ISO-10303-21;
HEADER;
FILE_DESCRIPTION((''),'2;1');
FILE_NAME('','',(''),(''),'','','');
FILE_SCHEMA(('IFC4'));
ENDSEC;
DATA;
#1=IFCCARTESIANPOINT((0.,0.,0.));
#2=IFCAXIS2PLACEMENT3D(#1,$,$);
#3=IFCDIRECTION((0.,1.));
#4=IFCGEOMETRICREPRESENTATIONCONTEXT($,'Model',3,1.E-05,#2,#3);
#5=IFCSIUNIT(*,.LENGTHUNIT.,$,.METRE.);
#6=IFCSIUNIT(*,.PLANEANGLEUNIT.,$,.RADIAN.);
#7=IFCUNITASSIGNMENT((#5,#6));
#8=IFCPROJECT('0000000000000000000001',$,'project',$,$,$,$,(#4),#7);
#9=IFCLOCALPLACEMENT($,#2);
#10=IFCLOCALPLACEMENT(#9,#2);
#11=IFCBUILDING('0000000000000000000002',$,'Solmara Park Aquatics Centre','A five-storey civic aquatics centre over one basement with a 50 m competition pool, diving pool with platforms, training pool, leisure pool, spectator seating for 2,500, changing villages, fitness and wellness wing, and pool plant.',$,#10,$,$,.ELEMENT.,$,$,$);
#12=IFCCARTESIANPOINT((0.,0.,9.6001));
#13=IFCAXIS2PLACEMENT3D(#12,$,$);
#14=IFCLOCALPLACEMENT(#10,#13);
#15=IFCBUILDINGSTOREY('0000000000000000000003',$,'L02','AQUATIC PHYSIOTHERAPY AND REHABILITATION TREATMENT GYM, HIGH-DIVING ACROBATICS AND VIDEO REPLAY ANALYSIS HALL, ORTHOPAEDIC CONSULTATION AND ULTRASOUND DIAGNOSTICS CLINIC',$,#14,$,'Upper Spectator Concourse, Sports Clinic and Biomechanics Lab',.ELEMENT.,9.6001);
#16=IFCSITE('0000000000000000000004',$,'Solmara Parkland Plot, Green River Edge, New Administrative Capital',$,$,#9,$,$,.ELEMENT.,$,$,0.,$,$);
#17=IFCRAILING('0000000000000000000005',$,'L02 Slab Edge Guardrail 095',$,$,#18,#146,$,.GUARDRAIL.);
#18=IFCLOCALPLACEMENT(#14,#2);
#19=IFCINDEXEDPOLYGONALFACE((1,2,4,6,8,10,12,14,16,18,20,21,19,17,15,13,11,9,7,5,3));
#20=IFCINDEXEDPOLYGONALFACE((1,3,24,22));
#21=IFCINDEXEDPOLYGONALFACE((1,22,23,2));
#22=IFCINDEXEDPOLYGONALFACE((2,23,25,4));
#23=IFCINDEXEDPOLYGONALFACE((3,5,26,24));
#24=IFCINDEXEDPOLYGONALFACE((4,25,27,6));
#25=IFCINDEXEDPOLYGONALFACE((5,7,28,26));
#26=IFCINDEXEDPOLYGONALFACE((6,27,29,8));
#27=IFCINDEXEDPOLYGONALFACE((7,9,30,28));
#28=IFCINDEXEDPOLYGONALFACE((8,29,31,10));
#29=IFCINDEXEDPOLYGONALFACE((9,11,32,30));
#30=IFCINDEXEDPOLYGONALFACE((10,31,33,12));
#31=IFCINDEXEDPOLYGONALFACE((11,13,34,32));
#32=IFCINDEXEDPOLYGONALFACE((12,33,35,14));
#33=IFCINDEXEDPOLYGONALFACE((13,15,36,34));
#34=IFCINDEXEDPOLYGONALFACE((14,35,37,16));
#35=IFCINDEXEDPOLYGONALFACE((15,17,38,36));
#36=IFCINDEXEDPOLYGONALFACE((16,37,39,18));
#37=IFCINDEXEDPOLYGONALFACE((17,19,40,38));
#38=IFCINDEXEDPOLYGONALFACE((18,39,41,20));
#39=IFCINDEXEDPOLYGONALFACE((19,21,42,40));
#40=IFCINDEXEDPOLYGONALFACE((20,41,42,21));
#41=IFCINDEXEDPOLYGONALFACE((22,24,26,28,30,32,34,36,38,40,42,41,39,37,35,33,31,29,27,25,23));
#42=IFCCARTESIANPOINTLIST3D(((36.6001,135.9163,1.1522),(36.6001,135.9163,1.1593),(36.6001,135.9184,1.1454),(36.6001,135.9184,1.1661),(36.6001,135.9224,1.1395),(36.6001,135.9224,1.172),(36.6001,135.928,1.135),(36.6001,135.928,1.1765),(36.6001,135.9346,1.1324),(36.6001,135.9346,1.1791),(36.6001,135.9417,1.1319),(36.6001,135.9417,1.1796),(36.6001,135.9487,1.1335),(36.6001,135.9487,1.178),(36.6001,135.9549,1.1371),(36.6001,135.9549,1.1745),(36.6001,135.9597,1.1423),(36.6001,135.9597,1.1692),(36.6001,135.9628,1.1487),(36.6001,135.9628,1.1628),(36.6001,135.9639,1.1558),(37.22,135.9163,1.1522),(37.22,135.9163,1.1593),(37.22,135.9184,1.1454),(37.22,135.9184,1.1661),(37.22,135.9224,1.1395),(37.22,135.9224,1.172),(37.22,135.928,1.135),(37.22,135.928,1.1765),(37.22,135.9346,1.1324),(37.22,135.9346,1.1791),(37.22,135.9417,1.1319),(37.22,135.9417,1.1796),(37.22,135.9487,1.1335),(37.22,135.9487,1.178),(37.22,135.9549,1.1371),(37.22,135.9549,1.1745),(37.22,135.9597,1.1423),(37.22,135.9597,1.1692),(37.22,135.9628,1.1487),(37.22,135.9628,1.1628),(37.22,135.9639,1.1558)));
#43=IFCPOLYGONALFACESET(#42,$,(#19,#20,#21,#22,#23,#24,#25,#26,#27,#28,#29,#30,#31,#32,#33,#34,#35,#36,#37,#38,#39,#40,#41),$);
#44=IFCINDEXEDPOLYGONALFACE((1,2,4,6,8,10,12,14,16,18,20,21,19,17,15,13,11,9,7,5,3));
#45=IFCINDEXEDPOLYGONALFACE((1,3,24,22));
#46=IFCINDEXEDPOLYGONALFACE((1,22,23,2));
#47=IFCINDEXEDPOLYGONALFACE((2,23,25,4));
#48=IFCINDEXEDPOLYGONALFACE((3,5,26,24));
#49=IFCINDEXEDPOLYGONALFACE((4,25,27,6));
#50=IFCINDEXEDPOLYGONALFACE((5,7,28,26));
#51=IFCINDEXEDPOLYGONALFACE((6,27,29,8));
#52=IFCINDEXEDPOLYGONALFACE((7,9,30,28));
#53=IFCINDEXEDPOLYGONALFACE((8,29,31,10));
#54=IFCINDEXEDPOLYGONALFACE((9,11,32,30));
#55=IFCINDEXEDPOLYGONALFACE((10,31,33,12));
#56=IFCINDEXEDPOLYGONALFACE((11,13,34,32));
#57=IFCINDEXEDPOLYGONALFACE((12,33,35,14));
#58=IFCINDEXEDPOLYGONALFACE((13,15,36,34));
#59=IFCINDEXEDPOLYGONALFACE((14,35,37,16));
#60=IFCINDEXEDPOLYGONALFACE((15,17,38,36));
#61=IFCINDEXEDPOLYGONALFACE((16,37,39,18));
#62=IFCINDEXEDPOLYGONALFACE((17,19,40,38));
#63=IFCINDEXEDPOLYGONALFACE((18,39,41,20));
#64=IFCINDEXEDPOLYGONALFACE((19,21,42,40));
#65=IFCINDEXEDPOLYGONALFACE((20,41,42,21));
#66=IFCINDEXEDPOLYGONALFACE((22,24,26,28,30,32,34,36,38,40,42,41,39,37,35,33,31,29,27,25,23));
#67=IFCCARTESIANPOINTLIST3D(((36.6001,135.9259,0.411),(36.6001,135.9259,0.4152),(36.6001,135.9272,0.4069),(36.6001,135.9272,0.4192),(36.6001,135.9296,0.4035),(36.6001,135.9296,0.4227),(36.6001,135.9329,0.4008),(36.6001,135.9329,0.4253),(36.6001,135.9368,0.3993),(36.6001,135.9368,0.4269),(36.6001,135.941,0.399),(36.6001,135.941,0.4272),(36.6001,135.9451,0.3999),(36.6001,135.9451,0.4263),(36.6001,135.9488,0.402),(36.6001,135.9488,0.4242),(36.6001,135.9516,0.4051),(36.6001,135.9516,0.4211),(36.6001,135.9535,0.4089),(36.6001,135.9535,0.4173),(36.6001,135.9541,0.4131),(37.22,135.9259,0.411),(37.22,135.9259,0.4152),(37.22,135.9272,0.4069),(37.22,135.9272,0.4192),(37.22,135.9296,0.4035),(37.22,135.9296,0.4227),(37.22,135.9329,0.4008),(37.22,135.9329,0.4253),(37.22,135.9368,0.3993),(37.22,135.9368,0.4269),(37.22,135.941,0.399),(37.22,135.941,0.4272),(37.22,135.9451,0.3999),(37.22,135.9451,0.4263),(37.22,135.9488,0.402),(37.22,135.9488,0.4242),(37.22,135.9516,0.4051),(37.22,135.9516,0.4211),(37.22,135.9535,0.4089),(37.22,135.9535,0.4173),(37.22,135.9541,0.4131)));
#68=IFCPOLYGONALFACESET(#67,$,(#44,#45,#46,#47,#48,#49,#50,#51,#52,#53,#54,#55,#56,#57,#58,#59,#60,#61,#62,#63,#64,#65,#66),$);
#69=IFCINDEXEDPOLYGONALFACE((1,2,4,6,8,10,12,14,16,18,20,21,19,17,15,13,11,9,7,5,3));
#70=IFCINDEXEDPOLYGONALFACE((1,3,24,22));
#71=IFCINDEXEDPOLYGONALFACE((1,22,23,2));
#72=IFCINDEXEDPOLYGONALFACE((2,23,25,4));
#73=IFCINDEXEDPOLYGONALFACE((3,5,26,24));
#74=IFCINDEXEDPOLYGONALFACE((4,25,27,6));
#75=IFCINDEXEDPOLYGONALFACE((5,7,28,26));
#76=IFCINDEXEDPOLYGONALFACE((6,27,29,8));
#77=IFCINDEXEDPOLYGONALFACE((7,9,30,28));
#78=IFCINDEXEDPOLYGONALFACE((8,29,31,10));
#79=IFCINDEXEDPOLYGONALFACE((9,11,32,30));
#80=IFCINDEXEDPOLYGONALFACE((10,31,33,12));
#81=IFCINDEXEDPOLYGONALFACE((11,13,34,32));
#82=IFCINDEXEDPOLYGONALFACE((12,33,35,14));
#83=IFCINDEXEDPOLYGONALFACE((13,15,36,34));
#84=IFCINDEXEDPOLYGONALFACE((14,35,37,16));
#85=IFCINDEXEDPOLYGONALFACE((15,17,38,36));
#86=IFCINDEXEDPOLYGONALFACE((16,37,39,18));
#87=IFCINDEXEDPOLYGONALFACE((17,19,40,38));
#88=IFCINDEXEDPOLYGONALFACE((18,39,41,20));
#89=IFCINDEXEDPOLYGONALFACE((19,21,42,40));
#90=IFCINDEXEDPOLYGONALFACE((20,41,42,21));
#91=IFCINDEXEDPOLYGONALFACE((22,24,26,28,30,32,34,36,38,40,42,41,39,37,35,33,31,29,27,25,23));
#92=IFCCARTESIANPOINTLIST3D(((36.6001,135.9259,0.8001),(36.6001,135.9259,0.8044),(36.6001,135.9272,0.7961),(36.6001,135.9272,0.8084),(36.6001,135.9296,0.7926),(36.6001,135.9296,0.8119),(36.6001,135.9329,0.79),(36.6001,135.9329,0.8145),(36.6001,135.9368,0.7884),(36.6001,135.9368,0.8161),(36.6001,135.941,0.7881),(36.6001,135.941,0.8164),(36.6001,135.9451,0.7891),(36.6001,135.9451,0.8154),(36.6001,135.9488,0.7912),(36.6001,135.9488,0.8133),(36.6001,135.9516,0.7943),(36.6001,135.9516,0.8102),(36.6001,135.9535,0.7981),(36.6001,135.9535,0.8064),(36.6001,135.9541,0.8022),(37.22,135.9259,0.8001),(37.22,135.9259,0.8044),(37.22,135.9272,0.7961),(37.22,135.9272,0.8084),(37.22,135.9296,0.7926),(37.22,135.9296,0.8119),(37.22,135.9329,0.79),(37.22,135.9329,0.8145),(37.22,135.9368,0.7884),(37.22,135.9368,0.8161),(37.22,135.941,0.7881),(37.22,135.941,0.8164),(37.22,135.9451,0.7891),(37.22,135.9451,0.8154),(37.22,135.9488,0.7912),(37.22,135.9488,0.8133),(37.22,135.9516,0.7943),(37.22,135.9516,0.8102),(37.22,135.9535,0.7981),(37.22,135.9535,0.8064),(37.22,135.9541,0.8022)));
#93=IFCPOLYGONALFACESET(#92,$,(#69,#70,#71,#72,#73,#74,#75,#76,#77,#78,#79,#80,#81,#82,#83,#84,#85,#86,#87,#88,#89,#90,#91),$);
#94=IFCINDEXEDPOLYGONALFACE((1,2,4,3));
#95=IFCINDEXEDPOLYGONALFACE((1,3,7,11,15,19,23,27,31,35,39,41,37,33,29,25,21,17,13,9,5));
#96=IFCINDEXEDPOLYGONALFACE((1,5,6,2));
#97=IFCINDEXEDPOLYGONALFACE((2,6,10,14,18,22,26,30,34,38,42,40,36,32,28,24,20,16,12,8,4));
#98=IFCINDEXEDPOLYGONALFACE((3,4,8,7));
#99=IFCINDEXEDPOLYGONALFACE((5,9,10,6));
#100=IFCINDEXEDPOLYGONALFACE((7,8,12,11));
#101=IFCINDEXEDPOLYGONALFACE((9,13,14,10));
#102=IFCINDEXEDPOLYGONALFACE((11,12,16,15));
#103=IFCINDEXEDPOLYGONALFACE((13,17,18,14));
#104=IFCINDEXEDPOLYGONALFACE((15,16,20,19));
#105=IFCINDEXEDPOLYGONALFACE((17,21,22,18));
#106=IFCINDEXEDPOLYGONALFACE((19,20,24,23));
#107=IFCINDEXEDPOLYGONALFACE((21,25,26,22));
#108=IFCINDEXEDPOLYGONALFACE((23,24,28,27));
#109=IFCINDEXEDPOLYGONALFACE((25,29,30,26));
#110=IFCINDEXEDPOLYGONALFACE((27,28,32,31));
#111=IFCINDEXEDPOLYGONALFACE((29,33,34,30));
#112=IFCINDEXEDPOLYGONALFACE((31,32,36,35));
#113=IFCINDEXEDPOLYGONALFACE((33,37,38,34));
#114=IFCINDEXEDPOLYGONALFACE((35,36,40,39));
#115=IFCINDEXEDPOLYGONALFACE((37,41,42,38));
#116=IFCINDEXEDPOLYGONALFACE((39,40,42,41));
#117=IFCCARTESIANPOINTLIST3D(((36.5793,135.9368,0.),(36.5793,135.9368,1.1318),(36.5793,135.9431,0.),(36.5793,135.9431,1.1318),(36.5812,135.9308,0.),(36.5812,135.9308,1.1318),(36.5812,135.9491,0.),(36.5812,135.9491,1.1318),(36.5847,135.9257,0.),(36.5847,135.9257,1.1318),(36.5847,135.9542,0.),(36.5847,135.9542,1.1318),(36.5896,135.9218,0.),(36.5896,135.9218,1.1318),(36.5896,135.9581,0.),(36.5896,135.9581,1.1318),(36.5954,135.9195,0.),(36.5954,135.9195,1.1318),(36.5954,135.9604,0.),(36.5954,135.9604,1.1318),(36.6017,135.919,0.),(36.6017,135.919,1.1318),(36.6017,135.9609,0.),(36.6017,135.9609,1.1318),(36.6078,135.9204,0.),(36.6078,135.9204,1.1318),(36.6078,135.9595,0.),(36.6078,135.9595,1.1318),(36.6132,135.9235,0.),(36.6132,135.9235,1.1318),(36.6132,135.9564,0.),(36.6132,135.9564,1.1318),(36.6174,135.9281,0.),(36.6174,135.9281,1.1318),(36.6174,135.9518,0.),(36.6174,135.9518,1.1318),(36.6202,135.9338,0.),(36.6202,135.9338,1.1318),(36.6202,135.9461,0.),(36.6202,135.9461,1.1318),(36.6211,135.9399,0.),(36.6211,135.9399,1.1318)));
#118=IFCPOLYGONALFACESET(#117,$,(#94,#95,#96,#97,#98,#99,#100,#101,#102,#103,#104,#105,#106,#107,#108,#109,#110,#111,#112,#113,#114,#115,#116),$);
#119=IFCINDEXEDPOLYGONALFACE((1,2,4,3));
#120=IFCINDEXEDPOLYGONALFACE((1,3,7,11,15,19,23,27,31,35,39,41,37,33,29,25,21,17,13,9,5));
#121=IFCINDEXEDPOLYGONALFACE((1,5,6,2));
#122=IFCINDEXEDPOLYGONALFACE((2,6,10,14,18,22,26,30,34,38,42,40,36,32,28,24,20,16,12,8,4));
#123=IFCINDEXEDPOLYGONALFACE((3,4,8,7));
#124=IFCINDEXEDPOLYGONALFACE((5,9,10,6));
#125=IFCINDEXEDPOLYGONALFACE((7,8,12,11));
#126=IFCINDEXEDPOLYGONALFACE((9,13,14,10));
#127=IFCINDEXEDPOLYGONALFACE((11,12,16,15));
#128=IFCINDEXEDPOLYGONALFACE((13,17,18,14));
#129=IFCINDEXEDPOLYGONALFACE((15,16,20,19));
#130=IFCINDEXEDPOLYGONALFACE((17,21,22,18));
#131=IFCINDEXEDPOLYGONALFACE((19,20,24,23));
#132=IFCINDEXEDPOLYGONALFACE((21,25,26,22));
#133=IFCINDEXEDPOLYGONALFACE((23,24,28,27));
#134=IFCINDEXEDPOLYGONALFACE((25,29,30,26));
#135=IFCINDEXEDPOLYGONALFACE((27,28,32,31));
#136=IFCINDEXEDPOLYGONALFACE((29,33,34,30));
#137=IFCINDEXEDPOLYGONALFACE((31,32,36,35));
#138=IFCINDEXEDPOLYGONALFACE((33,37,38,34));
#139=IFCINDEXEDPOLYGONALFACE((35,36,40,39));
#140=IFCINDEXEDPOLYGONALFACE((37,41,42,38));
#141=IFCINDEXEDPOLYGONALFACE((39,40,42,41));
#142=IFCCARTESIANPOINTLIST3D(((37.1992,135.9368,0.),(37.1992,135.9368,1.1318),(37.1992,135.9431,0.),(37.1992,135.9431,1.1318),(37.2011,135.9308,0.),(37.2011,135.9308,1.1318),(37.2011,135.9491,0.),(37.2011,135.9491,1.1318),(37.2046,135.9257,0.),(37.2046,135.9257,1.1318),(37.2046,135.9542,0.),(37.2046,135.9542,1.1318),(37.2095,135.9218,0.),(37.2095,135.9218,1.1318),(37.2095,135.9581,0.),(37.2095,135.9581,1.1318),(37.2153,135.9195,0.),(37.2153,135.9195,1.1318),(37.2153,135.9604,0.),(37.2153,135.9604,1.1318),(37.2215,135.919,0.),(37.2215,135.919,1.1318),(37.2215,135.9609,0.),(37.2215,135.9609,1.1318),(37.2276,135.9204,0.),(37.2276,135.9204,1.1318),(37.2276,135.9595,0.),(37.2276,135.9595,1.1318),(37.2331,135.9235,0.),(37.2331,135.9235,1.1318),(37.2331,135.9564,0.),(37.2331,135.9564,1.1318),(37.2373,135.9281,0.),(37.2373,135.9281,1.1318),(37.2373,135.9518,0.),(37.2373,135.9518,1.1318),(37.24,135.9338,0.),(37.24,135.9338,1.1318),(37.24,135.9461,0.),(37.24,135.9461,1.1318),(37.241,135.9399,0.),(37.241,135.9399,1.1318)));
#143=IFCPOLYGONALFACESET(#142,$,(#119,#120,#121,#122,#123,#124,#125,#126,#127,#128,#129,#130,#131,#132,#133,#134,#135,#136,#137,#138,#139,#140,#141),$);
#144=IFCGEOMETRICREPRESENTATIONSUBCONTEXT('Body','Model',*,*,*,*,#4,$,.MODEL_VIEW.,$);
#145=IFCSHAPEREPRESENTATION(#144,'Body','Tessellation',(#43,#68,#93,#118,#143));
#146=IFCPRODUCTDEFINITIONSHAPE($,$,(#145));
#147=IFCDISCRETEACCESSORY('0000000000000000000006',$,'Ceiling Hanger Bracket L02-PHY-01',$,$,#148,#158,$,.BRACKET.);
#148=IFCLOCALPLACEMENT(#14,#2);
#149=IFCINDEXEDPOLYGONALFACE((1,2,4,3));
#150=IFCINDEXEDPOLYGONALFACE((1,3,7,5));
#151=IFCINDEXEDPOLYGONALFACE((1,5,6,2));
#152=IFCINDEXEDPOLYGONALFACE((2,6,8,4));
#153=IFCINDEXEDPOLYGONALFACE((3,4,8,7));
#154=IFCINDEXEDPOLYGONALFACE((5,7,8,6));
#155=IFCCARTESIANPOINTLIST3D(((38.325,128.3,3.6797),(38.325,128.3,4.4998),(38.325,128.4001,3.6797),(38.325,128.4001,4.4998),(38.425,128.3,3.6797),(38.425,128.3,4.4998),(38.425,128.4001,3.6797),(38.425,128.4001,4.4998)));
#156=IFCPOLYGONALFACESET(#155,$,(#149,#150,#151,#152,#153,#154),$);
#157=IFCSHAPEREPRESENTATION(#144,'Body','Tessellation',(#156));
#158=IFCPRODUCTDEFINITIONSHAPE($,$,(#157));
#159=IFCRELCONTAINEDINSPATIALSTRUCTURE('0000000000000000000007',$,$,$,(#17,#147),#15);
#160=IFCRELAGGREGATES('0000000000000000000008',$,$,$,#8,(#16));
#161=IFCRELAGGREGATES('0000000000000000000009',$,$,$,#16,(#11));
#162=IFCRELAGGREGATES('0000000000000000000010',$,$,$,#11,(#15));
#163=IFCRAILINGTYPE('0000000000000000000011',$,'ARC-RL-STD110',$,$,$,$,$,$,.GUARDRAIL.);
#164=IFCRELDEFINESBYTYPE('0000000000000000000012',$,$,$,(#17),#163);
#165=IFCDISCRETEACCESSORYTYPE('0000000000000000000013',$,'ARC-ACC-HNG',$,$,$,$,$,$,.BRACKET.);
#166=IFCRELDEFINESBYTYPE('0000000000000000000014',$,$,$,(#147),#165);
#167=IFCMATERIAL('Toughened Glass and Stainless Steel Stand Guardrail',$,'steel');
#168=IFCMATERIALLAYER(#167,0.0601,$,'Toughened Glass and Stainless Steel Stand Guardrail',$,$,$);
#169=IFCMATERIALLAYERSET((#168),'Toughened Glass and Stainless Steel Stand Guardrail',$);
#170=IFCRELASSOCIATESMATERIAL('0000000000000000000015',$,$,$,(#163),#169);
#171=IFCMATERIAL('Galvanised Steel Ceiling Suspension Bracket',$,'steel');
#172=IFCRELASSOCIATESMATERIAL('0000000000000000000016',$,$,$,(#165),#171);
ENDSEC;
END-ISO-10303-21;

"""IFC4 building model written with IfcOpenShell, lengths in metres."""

from ifc_helpers import new_model, si_unit, direction, frame, origin, origin_2d, place, context, subcontext, project, spatial, rectangle, circle, extrude, material, layer, layer_set, type_object, element, save


model = new_model("IFC4")

# Units and contexts
model_context = context("Model", 3, precision=1e-05, world=origin(), true_north=direction((0.0, 1.0)))
body_context = subcontext(model_context, "Body", "Model", "MODEL_VIEW")
ifc_project = project(units=[si_unit("LENGTHUNIT", "METRE"), si_unit("PLANEANGLEUNIT", "RADIAN")], contexts=[model_context])

# Site, building, storey
site_placement = place(None, origin())
site = spatial("IfcSite", under=ifc_project, at=site_placement, Name="Solmara Parkland Plot, Green River Edge, New Administrative Capital", CompositionType="ELEMENT", RefElevation=0.0)
building_placement = place(site_placement, origin())
building = spatial("IfcBuilding", under=site, at=building_placement, Name="Solmara Park Aquatics Centre", Description="A five-storey civic aquatics centre over one basement with a 50 m competition pool, diving pool with platforms, training pool, leisure pool, spectator seating for 2,500, changing villages, fitness and wellness wing, and pool plant.", CompositionType="ELEMENT")
storey_placement = place(building_placement, frame((0.0, 0.0, 9.6001)))
storey = spatial("IfcBuildingStorey", under=building, at=storey_placement, Name="L02", Description="AQUATIC PHYSIOTHERAPY AND REHABILITATION TREATMENT GYM, HIGH-DIVING ACROBATICS AND VIDEO REPLAY ANALYSIS HALL, ORTHOPAEDIC CONSULTATION AND ULTRASOUND DIAGNOSTICS CLINIC", LongName="Upper Spectator Concourse, Sports Clinic and Biomechanics Lab", CompositionType="ELEMENT", Elevation=9.6001)

# Railing
ifc_material_1 = material(Name="Toughened Glass and Stainless Steel Stand Guardrail", Category="steel")
ifc_layer_1 = layer(ifc_material_1, 0.0601, Name="Toughened Glass and Stainless Steel Stand Guardrail")
ifc_layer_set_1 = layer_set([ifc_layer_1], Name="Toughened Glass and Stainless Steel Stand Guardrail")
railing_type = type_object("IfcRailingType", Name="ARC-RL-STD110", PredefinedType="GUARDRAIL", material=ifc_layer_set_1)
railing_placement = place(storey_placement, frame((36.6001, 135.9399, 0.0)))
element("IfcRailing", 1, at=railing_placement, inside=storey, type_object=railing_type, Name="L02 Slab Edge Guardrail 095", PredefinedType="GUARDRAIL", context=body_context, shape_type="SweptSolid", body=[
    extrude(circle(Radius=0.0239, at=origin_2d()), frame((0.0, 0.0, 1.1558), z_axis=(1.0, 0.0, 0.0), x_axis=(0.0, 1.0, 0.0)), (0.0, 0.0, 1.0), 0.6199),
    extrude(circle(Radius=0.0142, at=origin_2d()), frame((0.0, 0.0, 0.4131), z_axis=(1.0, 0.0, 0.0), x_axis=(0.0, 1.0, 0.0)), (0.0, 0.0, 1.0), 0.6199),
    extrude(circle(Radius=0.0142, at=origin_2d()), frame((0.0, 0.0, 0.8022), z_axis=(1.0, 0.0, 0.0), x_axis=(0.0, 1.0, 0.0)), (0.0, 0.0, 1.0), 0.6199),
    extrude(circle(Radius=0.021, at=origin_2d()), origin(), (0.0, 0.0, 1.0), 1.1318),
    extrude(circle(Radius=0.021, at=origin_2d()), frame((0.6199, 0.0, 0.0)), (0.0, 0.0, 1.0), 1.1318),
])

# Discrete accessory
ifc_material_2 = material(Name="Galvanised Steel Ceiling Suspension Bracket", Category="steel")
discrete_accessory_type = type_object("IfcDiscreteAccessoryType", Name="ARC-ACC-HNG", PredefinedType="BRACKET", material=ifc_material_2)
discrete_accessory_placement = place(storey_placement, frame((38.375, 128.3501, 3.6797), z_axis=(0.0, 0.0, 1.0), x_axis=(1.0, 0.0, 0.0)))
element("IfcDiscreteAccessory", 2, at=discrete_accessory_placement, inside=storey, type_object=discrete_accessory_type, Name="Ceiling Hanger Bracket L02-PHY-01", PredefinedType="BRACKET", context=body_context, shape_type="SweptSolid", body=[
    extrude(rectangle(XDim=0.1001, YDim=0.1001, at=origin_2d()), origin(), (0.0, 0.0, 1.0), 0.8201),
])

save(model, "model.ifc")
